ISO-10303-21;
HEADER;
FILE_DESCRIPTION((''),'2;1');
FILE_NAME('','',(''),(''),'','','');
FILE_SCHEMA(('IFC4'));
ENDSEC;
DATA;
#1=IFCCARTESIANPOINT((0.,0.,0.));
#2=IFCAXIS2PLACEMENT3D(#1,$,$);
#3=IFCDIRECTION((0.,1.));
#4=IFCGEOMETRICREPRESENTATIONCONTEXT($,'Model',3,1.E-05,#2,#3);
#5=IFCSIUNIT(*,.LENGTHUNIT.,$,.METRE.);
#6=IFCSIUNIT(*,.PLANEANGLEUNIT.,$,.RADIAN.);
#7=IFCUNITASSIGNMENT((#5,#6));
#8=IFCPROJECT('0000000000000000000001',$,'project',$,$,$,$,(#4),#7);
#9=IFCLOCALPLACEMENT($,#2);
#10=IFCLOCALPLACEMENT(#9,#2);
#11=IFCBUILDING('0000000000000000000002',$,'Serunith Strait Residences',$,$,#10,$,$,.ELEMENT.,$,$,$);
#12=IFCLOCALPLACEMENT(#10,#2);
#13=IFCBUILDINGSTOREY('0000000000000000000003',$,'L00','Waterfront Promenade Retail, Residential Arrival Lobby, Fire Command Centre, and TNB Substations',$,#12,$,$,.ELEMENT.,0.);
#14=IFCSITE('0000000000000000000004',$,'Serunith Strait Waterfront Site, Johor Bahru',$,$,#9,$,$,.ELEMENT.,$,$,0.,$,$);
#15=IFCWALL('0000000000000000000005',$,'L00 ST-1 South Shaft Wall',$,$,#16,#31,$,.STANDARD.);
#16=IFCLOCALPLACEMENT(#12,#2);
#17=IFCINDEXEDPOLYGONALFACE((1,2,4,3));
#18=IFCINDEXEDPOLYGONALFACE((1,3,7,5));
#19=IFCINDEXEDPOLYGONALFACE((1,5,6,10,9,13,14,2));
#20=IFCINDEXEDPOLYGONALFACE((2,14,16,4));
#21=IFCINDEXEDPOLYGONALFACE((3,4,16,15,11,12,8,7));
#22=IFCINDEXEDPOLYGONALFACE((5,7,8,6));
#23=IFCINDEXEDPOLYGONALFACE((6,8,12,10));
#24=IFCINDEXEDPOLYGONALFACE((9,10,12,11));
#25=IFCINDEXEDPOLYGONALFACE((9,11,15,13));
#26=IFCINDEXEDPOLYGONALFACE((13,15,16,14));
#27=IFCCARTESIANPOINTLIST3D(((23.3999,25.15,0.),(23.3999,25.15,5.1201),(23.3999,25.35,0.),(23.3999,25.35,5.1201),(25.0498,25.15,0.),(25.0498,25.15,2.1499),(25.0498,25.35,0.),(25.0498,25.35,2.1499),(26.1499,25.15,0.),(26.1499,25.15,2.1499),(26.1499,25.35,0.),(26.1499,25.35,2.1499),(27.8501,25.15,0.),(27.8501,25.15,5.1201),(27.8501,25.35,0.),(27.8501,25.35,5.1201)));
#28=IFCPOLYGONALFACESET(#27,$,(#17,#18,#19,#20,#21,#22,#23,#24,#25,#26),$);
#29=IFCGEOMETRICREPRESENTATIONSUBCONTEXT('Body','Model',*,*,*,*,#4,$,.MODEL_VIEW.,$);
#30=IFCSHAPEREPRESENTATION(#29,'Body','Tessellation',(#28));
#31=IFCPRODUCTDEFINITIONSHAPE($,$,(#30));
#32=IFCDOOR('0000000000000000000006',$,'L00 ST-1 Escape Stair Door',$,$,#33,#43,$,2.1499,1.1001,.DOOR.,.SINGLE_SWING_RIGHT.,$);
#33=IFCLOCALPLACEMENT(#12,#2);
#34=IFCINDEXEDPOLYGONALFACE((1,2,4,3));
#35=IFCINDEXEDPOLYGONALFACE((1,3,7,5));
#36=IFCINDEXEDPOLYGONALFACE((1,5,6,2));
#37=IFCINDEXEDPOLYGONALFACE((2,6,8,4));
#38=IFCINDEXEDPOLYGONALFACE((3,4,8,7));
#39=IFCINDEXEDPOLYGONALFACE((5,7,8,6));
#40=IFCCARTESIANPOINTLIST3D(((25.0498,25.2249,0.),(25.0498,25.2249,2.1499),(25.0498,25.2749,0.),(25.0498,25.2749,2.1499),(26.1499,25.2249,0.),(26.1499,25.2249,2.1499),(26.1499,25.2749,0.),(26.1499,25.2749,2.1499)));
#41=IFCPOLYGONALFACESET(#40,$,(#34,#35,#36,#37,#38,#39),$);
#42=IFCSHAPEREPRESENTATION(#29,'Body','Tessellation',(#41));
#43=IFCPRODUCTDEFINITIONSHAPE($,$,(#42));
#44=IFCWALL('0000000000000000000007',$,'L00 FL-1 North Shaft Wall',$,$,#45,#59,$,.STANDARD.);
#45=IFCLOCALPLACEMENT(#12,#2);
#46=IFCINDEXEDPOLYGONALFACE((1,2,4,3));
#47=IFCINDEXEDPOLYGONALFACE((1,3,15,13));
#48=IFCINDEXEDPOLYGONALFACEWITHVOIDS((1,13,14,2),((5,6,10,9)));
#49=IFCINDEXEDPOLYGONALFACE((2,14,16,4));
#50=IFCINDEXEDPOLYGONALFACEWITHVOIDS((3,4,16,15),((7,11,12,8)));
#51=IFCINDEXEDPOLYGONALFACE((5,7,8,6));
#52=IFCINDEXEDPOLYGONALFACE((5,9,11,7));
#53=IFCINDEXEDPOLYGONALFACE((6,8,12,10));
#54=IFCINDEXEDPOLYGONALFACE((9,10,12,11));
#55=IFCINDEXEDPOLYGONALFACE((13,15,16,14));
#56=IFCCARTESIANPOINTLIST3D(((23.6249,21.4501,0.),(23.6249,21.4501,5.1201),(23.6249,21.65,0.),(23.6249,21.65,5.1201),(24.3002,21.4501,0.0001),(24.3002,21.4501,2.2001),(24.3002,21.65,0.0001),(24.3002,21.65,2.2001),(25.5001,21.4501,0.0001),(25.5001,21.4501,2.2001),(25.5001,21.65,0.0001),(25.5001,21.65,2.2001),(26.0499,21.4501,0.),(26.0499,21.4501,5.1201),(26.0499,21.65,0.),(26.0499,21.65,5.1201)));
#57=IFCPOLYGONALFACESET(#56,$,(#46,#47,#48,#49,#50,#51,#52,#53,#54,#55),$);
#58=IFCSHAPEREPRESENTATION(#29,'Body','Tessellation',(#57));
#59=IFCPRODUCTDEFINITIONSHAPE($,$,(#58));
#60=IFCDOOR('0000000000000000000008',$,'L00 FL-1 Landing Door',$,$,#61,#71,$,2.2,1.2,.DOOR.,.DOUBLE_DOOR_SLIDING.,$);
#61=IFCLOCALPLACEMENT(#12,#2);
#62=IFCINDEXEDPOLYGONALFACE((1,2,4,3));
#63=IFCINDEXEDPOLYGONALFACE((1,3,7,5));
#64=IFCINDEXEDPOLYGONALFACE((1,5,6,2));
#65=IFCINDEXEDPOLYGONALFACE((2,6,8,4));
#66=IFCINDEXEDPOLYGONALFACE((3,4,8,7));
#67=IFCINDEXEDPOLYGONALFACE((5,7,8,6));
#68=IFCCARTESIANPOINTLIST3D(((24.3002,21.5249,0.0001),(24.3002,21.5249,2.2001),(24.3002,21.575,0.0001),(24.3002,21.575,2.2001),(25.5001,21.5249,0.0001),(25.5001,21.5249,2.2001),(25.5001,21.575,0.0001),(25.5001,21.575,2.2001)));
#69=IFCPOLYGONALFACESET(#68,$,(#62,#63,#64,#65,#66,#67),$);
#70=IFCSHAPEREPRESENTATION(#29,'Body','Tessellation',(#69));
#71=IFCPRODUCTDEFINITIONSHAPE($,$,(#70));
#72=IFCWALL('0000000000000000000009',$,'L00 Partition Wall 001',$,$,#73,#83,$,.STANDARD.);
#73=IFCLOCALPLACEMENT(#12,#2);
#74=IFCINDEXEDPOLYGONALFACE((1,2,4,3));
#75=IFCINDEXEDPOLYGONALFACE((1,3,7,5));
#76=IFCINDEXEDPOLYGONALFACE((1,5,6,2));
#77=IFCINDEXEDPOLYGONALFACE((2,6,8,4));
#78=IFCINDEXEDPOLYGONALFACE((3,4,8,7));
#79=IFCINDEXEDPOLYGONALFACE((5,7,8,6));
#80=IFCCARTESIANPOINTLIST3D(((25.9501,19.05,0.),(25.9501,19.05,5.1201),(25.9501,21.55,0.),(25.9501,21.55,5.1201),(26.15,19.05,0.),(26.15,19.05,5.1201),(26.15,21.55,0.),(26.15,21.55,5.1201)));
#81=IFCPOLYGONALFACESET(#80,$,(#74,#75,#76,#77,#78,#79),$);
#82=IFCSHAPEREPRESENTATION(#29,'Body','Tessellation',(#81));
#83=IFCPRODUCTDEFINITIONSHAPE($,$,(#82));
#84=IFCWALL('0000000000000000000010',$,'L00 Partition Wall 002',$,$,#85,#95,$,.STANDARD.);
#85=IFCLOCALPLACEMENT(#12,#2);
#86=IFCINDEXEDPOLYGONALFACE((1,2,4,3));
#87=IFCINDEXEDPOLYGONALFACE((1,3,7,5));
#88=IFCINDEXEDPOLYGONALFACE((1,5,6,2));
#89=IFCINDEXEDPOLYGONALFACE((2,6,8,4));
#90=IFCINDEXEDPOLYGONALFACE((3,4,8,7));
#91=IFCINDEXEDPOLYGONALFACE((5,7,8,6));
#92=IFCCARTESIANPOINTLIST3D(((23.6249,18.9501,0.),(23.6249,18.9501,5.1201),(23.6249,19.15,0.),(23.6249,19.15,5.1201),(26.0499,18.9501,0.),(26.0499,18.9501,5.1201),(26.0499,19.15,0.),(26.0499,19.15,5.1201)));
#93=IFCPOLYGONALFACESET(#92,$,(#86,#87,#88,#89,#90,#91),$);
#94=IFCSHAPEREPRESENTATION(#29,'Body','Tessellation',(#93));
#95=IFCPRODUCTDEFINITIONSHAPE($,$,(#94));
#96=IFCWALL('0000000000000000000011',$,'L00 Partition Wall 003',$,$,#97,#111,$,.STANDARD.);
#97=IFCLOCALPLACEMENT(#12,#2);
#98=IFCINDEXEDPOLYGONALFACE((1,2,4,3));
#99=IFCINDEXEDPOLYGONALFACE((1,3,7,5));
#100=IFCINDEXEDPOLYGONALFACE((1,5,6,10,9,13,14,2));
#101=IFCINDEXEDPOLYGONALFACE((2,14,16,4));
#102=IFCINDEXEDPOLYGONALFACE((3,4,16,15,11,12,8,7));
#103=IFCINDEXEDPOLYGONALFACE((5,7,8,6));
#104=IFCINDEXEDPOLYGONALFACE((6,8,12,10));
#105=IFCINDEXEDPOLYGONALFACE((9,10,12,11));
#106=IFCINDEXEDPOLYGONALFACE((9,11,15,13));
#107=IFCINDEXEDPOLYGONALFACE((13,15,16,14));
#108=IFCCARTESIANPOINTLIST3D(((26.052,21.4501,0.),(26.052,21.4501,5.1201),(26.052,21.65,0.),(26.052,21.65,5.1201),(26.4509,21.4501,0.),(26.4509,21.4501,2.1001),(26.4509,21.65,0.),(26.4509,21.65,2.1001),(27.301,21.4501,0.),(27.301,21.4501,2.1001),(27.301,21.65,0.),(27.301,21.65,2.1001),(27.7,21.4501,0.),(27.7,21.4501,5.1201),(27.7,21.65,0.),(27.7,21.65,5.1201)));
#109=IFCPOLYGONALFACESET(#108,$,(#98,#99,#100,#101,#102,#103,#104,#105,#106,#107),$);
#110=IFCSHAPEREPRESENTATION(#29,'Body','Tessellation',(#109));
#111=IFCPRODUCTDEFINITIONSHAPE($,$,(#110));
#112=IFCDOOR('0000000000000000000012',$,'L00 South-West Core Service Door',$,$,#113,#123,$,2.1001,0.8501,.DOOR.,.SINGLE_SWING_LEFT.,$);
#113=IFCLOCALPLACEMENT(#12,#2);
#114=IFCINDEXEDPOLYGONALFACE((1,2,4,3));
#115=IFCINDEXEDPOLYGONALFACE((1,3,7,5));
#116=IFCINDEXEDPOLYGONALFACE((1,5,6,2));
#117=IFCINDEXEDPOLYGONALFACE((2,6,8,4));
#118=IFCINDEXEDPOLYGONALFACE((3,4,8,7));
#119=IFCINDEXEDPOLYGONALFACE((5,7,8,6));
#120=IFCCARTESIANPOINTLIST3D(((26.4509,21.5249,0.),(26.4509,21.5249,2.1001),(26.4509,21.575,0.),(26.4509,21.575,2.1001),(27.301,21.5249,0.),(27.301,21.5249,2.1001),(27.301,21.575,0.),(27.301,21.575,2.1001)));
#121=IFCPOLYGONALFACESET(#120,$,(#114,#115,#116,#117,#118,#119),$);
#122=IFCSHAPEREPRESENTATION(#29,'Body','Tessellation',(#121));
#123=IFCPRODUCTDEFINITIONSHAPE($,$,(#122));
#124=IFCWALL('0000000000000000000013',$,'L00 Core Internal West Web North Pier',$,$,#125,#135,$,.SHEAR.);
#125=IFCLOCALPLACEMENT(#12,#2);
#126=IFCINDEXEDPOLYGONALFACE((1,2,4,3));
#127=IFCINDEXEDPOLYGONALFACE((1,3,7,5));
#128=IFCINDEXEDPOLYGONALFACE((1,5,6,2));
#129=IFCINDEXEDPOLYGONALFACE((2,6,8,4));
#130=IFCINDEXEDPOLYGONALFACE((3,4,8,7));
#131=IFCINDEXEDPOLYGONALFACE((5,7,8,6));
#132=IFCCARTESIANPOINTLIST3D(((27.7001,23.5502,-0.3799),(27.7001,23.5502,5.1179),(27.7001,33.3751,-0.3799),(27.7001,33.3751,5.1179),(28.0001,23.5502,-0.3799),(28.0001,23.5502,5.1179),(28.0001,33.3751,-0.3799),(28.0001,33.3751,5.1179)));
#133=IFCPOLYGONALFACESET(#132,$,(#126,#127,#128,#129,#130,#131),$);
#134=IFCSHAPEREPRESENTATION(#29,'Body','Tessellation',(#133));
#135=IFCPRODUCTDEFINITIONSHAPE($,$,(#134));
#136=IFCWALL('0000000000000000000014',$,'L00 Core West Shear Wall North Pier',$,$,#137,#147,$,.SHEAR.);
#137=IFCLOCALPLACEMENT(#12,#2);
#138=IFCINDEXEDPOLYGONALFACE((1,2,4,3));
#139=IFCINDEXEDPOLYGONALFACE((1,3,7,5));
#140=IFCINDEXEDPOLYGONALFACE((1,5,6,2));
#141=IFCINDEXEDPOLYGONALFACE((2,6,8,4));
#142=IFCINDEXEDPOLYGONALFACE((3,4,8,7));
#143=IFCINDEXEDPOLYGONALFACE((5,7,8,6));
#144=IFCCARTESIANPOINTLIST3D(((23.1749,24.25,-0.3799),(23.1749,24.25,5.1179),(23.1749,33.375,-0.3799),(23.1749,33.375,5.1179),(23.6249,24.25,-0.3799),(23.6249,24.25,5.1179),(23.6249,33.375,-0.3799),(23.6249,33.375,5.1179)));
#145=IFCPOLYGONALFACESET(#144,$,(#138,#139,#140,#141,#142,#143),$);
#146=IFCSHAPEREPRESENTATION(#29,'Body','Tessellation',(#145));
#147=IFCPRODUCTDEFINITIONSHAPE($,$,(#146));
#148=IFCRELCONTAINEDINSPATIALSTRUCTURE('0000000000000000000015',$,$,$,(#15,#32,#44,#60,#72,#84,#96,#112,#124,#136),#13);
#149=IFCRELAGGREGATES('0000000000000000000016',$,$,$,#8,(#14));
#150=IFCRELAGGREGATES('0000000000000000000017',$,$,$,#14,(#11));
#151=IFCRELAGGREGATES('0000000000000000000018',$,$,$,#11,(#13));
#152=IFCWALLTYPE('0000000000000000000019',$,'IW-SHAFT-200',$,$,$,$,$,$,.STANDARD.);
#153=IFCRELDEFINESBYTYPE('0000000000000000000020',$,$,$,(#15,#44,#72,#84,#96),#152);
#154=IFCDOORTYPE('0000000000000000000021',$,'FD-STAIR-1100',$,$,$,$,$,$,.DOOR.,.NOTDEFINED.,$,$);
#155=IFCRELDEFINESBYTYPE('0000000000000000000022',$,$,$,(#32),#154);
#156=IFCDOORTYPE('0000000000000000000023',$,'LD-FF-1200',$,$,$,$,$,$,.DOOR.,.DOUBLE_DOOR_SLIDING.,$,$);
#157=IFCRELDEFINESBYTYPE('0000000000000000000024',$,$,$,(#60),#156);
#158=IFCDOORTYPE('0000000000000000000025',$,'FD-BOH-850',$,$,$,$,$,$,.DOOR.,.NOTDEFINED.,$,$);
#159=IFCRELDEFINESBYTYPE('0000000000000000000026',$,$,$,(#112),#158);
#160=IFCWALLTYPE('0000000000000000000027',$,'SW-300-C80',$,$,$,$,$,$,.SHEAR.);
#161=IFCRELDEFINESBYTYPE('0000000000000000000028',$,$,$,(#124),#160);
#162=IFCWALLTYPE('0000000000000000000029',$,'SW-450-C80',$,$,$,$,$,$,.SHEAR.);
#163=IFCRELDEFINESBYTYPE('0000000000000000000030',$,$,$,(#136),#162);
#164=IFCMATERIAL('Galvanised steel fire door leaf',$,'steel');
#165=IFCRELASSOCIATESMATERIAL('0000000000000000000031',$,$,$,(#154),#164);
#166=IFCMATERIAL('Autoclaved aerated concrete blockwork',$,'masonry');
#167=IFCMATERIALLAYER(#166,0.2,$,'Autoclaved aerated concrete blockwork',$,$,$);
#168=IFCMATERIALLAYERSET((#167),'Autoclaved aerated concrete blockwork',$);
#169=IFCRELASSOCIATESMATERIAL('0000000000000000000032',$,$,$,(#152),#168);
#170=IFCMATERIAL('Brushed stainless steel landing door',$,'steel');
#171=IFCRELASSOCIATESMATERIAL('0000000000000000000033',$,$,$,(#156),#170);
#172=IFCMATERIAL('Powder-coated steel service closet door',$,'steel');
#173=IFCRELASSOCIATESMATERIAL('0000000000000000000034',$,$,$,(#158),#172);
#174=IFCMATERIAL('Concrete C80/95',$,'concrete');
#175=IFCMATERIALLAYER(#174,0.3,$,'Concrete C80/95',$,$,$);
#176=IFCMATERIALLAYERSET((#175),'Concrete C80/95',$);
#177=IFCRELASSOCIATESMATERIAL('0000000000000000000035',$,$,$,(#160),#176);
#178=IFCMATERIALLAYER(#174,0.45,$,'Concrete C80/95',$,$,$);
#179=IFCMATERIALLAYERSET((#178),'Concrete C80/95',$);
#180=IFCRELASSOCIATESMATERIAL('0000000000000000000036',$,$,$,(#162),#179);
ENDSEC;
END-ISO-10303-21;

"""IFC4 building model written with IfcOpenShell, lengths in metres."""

from ifc_helpers import new_model, si_unit, direction, frame, frame_2d, origin, place, context, subcontext, project, spatial, rectangle, extrude, source, transform, mapped, material, layer, layer_set, type_object, element, fill, save


model = new_model("IFC4")

# Units and contexts
model_context = context("Model", 3, precision=1e-05, world=origin(), true_north=direction((0.0, 1.0)))
body_context = subcontext(model_context, "Body", "Model", "MODEL_VIEW")
ifc_project = project(units=[si_unit("LENGTHUNIT", "METRE"), si_unit("PLANEANGLEUNIT", "RADIAN")], contexts=[model_context])

# Site, building, storey
site_placement = place(None, origin())
site = spatial("IfcSite", under=ifc_project, at=site_placement, Name="Serunith Strait Waterfront Site, Johor Bahru", CompositionType="ELEMENT", RefElevation=0.0)
building_placement = place(site_placement, origin())
building = spatial("IfcBuilding", under=site, at=building_placement, Name="Serunith Strait Residences", CompositionType="ELEMENT")
storey_placement = place(building_placement, origin())
storey = spatial("IfcBuildingStorey", under=building, at=storey_placement, Name="L00", Description="Waterfront Promenade Retail, Residential Arrival Lobby, Fire Command Centre, and TNB Substations", CompositionType="ELEMENT", Elevation=0.0)

# Walls, openings, doors
ifc_material_1 = material(Name="Galvanised steel fire door leaf", Category="steel")
door_type_1 = type_object("IfcDoorType", Name="FD-STAIR-1100", OperationType="NOTDEFINED", PredefinedType="DOOR", material=ifc_material_1)
shared_shape_1 = source(origin(), body_context, "Body", "SweptSolid", [
    extrude(rectangle(XDim=1.1001, YDim=2.1499, at=frame_2d((0.55, 1.075))), frame((0.0, 0.0249, 0.0), z_axis=(0.0, -1.0, 0.0), x_axis=(1.0, 0.0, 0.0)), (0.0, 0.0, 1.0), 0.05),
])
ifc_material_2 = material(Name="Autoclaved aerated concrete blockwork", Category="masonry")
ifc_layer_1 = layer(ifc_material_2, 0.2, Name="Autoclaved aerated concrete blockwork")
ifc_layer_set_1 = layer_set([ifc_layer_1], Name="Autoclaved aerated concrete blockwork")
wall_type_1 = type_object("IfcWallType", Name="IW-SHAFT-200", PredefinedType="STANDARD", material=ifc_layer_set_1)
wall_1_placement = place(storey_placement, frame((23.3999, 25.25, 0.0), z_axis=(0.0, 0.0, 1.0), x_axis=(1.0, 0.0, 0.0)))
wall_1 = element("IfcWall", 1, at=wall_1_placement, inside=storey, type_object=wall_type_1, Name="L00 ST-1 South Shaft Wall", PredefinedType="STANDARD", context=body_context, shape_type="SweptSolid", body=[
    extrude(rectangle(XDim=4.4502, YDim=0.2, at=frame_2d((2.2251, 0.0))), origin(), (0.0, 0.0, 1.0), 5.1201),
])
opening_1_placement = place(wall_1_placement, frame((1.6499, 0.0, 0.0)))
opening_1 = element("IfcOpeningElement", 2, at=opening_1_placement, cuts=wall_1, PredefinedType="OPENING", context=body_context, shape_type="SweptSolid", body=[
    extrude(rectangle(XDim=1.1001, YDim=2.1499, at=frame_2d((0.55, 1.075))), frame((0.0, 0.1099, 0.0), z_axis=(0.0, -1.0, 0.0), x_axis=(1.0, 0.0, 0.0)), (0.0, 0.0, 1.0), 0.22),
])
door_1_placement = place(opening_1_placement, origin())
door_1 = element("IfcDoor", 3, at=door_1_placement, inside=storey, type_object=door_type_1, Name="L00 ST-1 Escape Stair Door", OperationType="SINGLE_SWING_RIGHT", OverallHeight=2.1499, OverallWidth=1.1001, PredefinedType="DOOR", context=body_context, shape_type="MappedRepresentation", body=[
    mapped(shared_shape_1, transform((0.0, 0.0, 0.0), scale=1.0)),
])
fill(opening_1, door_1)
wall_2_placement = place(storey_placement, frame((23.625, 21.55, 0.0), z_axis=(0.0, 0.0, 1.0), x_axis=(1.0, 0.0, 0.0)))
wall_2 = element("IfcWall", 4, at=wall_2_placement, inside=storey, type_object=wall_type_1, Name="L00 FL-1 North Shaft Wall", PredefinedType="STANDARD", context=body_context, shape_type="SweptSolid", body=[
    extrude(rectangle(XDim=2.425, YDim=0.2, at=frame_2d((1.2124, 0.0))), origin(), (0.0, 0.0, 1.0), 5.1201),
])
opening_2_placement = place(wall_2_placement, frame((0.675, 0.0, 0.0)))
opening_2 = element("IfcOpeningElement", 5, at=opening_2_placement, cuts=wall_2, PredefinedType="OPENING", context=body_context, shape_type="SweptSolid", body=[
    extrude(rectangle(XDim=1.2, YDim=2.2, at=frame_2d((0.6001, 1.1001))), frame((0.0, 0.1099, 0.0), z_axis=(0.0, -1.0, 0.0), x_axis=(1.0, 0.0, 0.0)), (0.0, 0.0, 1.0), 0.22),
])
ifc_material_3 = material(Name="Brushed stainless steel landing door", Category="steel")
door_type_2 = type_object("IfcDoorType", Name="LD-FF-1200", OperationType="DOUBLE_DOOR_SLIDING", PredefinedType="DOOR", material=ifc_material_3)
shared_shape_2 = source(origin(), body_context, "Body", "SweptSolid", [
    extrude(rectangle(XDim=1.2, YDim=2.2, at=frame_2d((0.6001, 1.1001))), frame((0.0, 0.0249, 0.0), z_axis=(0.0, -1.0, 0.0), x_axis=(1.0, 0.0, 0.0)), (0.0, 0.0, 1.0), 0.05),
])
door_2_placement = place(opening_2_placement, origin())
door_2 = element("IfcDoor", 6, at=door_2_placement, inside=storey, type_object=door_type_2, Name="L00 FL-1 Landing Door", OperationType="DOUBLE_DOOR_SLIDING", OverallHeight=2.2, OverallWidth=1.2, PredefinedType="DOOR", context=body_context, shape_type="MappedRepresentation", body=[
    mapped(shared_shape_2, transform((0.0, 0.0, 0.0), scale=1.0)),
])
fill(opening_2, door_2)

# Walls
wall_3_placement = place(storey_placement, frame((26.05, 19.05, 0.0), z_axis=(0.0, 0.0, 1.0), x_axis=(0.0, 1.0, 0.0)))
element("IfcWall", 7, at=wall_3_placement, inside=storey, type_object=wall_type_1, Name="L00 Partition Wall 001", PredefinedType="STANDARD", context=body_context, shape_type="SweptSolid", body=[
    extrude(rectangle(XDim=2.5, YDim=0.2, at=frame_2d((1.25, 0.0))), origin(), (0.0, 0.0, 1.0), 5.1201),
])
wall_4_placement = place(storey_placement, frame((23.625, 19.05, 0.0), z_axis=(0.0, 0.0, 1.0), x_axis=(1.0, 0.0, 0.0)))
element("IfcWall", 8, at=wall_4_placement, inside=storey, type_object=wall_type_1, Name="L00 Partition Wall 002", PredefinedType="STANDARD", context=body_context, shape_type="SweptSolid", body=[
    extrude(rectangle(XDim=2.425, YDim=0.2, at=frame_2d((1.2124, 0.0))), origin(), (0.0, 0.0, 1.0), 5.1201),
])

# Wall, opening, door
wall_5_placement = place(storey_placement, frame((26.052, 21.55, 0.0), z_axis=(0.0, 0.0, 1.0), x_axis=(1.0, 0.0, 0.0)))
wall_5 = element("IfcWall", 9, at=wall_5_placement, inside=storey, type_object=wall_type_1, Name="L00 Partition Wall 003", PredefinedType="STANDARD", context=body_context, shape_type="SweptSolid", body=[
    extrude(rectangle(XDim=1.6479, YDim=0.2, at=frame_2d((0.824, 0.0))), origin(), (0.0, 0.0, 1.0), 5.1201),
])
opening_3_placement = place(wall_5_placement, frame((0.3989, 0.0, 0.0)))
opening_3 = element("IfcOpeningElement", 10, at=opening_3_placement, cuts=wall_5, PredefinedType="OPENING", context=body_context, shape_type="SweptSolid", body=[
    extrude(rectangle(XDim=0.8501, YDim=2.1001, at=frame_2d((0.425, 1.05))), frame((0.0, 0.1099, 0.0), z_axis=(0.0, -1.0, 0.0), x_axis=(1.0, 0.0, 0.0)), (0.0, 0.0, 1.0), 0.22),
])
ifc_material_4 = material(Name="Powder-coated steel service closet door", Category="steel")
door_type_3 = type_object("IfcDoorType", Name="FD-BOH-850", OperationType="NOTDEFINED", PredefinedType="DOOR", material=ifc_material_4)
shared_shape_3 = source(origin(), body_context, "Body", "SweptSolid", [
    extrude(rectangle(XDim=0.8501, YDim=2.1001, at=frame_2d((0.425, 1.05))), frame((0.0, 0.0249, 0.0), z_axis=(0.0, -1.0, 0.0), x_axis=(1.0, 0.0, 0.0)), (0.0, 0.0, 1.0), 0.05),
])
door_3_placement = place(opening_3_placement, origin())
door_3 = element("IfcDoor", 11, at=door_3_placement, inside=storey, type_object=door_type_3, Name="L00 South-West Core Service Door", OperationType="SINGLE_SWING_LEFT", OverallHeight=2.1001, OverallWidth=0.8501, PredefinedType="DOOR", context=body_context, shape_type="MappedRepresentation", body=[
    mapped(shared_shape_3, transform((0.0, 0.0, 0.0), scale=1.0)),
])
fill(opening_3, door_3)

# Walls
ifc_material_5 = material(Name="Concrete C80/95", Category="concrete")
ifc_layer_2 = layer(ifc_material_5, 0.3, Name="Concrete C80/95")
ifc_layer_set_2 = layer_set([ifc_layer_2], Name="Concrete C80/95")
wall_type_2 = type_object("IfcWallType", Name="SW-300-C80", PredefinedType="SHEAR", material=ifc_layer_set_2)
wall_6_placement = place(storey_placement, frame((27.8501, 23.55, -0.3799), z_axis=(0.0, 0.0, 1.0), x_axis=(0.0, 1.0, 0.0)))
element("IfcWall", 12, at=wall_6_placement, inside=storey, type_object=wall_type_2, Name="L00 Core Internal West Web North Pier", PredefinedType="SHEAR", context=body_context, shape_type="SweptSolid", body=[
    extrude(rectangle(XDim=9.825, YDim=0.3, at=frame_2d((4.9126, 0.0))), origin(), (0.0, 0.0, 1.0), 5.4978),
])
ifc_layer_3 = layer(ifc_material_5, 0.45, Name="Concrete C80/95")
ifc_layer_set_3 = layer_set([ifc_layer_3], Name="Concrete C80/95")
wall_type_3 = type_object("IfcWallType", Name="SW-450-C80", PredefinedType="SHEAR", material=ifc_layer_set_3)
wall_7_placement = place(storey_placement, frame((23.3999, 24.25, -0.3799), z_axis=(0.0, 0.0, 1.0), x_axis=(0.0, 1.0, 0.0)))
element("IfcWall", 13, at=wall_7_placement, inside=storey, type_object=wall_type_3, Name="L00 Core West Shear Wall North Pier", PredefinedType="SHEAR", context=body_context, shape_type="SweptSolid", body=[
    extrude(rectangle(XDim=9.125, YDim=0.45, at=frame_2d((4.5625, 0.0))), origin(), (0.0, 0.0, 1.0), 5.4978),
])

save(model, "model.ifc")
